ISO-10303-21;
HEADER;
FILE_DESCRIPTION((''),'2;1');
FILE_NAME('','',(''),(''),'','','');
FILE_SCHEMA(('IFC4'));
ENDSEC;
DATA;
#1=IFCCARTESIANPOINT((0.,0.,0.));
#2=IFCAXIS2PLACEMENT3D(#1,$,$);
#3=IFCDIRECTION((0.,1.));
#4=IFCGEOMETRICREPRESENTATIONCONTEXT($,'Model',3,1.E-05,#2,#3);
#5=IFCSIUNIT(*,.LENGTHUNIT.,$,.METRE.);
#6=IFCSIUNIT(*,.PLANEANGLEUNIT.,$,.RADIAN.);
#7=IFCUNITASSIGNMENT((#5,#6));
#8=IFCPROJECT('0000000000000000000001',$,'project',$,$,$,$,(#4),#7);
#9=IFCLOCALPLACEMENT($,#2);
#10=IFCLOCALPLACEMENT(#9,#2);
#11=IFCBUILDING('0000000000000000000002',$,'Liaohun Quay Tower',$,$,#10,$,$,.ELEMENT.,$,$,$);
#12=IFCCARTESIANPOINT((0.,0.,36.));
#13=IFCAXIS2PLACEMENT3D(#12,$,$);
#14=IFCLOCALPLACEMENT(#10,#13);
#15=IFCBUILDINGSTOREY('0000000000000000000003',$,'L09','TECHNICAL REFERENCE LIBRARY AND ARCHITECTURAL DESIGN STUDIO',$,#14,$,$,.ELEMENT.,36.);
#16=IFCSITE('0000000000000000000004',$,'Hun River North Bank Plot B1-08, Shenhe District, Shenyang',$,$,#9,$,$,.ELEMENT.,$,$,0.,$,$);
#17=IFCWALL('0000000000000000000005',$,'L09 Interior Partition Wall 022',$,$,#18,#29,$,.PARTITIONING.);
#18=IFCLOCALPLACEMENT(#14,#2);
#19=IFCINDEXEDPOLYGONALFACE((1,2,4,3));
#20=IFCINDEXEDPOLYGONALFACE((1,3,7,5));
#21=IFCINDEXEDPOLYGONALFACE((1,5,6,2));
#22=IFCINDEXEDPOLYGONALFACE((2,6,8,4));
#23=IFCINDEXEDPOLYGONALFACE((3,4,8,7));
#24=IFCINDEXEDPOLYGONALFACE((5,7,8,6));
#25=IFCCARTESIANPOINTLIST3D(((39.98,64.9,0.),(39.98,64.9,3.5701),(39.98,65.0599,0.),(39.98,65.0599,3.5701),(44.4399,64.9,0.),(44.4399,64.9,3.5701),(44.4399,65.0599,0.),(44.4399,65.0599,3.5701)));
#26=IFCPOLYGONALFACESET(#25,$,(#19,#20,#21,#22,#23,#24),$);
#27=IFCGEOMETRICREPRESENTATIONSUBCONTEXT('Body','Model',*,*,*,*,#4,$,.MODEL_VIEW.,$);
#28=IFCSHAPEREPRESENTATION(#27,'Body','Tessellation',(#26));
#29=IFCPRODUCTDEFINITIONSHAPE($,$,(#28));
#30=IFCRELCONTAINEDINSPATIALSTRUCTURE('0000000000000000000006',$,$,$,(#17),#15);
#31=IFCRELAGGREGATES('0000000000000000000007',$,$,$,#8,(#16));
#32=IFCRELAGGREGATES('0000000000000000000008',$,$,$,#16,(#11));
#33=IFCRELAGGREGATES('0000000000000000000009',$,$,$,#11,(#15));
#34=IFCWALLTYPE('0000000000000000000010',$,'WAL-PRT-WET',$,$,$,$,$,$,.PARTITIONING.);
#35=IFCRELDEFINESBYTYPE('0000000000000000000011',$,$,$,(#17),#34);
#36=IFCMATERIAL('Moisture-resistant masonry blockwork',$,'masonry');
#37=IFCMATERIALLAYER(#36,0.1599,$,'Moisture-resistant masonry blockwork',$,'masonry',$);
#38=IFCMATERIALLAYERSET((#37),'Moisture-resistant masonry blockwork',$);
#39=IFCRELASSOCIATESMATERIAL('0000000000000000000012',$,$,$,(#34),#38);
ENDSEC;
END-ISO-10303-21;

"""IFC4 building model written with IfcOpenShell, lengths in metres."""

from ifc_helpers import new_model, si_unit, direction, frame, frame_2d, origin, place, context, subcontext, project, spatial, rectangle, extrude, material, layer, layer_set, type_object, element, save


model = new_model("IFC4")

# Units and contexts
model_context = context("Model", 3, precision=1e-05, world=origin(), true_north=direction((0.0, 1.0)))
body_context = subcontext(model_context, "Body", "Model", "MODEL_VIEW")
ifc_project = project(units=[si_unit("LENGTHUNIT", "METRE"), si_unit("PLANEANGLEUNIT", "RADIAN")], contexts=[model_context])

# Site, building, storey
site_placement = place(None, origin())
site = spatial("IfcSite", under=ifc_project, at=site_placement, Name="Hun River North Bank Plot B1-08, Shenhe District, Shenyang", CompositionType="ELEMENT", RefElevation=0.0)
building_placement = place(site_placement, origin())
building = spatial("IfcBuilding", under=site, at=building_placement, Name="Liaohun Quay Tower", CompositionType="ELEMENT")
storey_placement = place(building_placement, frame((0.0, 0.0, 36.0)))
storey = spatial("IfcBuildingStorey", under=building, at=storey_placement, Name="L09", Description="TECHNICAL REFERENCE LIBRARY AND ARCHITECTURAL DESIGN STUDIO", CompositionType="ELEMENT", Elevation=36.0)

# Shared definitions
ifc_material_1 = material(Name="Moisture-resistant masonry blockwork", Category="masonry")
ifc_layer_1 = layer(ifc_material_1, 0.1599, Name="Moisture-resistant masonry blockwork", Category="masonry")
ifc_layer_set_1 = layer_set([ifc_layer_1], Name="Moisture-resistant masonry blockwork")
wall_type_1 = type_object("IfcWallType", Name="WAL-PRT-WET", PredefinedType="PARTITIONING", material=ifc_layer_set_1)

# Wall
for number, where, z_axis, x_axis, name in (
    (1, (39.98, 64.98, 0.0), (0.0, 0.0, 1.0), (1.0, 0.0, 0.0), "L09 Interior Partition Wall 022"),
):
    element("IfcWall", number, at=place(storey_placement, frame(where, z_axis=z_axis, x_axis=x_axis)), inside=storey, type_object=wall_type_1, Name=name, PredefinedType="PARTITIONING", context=body_context, shape_type="SweptSolid", body=[
        extrude(rectangle(XDim=4.46, YDim=0.1599, at=frame_2d((2.23, 0.0))), origin(), (0.0, 0.0, 1.0), 3.5701),
    ])

save(model, "model.ifc")
